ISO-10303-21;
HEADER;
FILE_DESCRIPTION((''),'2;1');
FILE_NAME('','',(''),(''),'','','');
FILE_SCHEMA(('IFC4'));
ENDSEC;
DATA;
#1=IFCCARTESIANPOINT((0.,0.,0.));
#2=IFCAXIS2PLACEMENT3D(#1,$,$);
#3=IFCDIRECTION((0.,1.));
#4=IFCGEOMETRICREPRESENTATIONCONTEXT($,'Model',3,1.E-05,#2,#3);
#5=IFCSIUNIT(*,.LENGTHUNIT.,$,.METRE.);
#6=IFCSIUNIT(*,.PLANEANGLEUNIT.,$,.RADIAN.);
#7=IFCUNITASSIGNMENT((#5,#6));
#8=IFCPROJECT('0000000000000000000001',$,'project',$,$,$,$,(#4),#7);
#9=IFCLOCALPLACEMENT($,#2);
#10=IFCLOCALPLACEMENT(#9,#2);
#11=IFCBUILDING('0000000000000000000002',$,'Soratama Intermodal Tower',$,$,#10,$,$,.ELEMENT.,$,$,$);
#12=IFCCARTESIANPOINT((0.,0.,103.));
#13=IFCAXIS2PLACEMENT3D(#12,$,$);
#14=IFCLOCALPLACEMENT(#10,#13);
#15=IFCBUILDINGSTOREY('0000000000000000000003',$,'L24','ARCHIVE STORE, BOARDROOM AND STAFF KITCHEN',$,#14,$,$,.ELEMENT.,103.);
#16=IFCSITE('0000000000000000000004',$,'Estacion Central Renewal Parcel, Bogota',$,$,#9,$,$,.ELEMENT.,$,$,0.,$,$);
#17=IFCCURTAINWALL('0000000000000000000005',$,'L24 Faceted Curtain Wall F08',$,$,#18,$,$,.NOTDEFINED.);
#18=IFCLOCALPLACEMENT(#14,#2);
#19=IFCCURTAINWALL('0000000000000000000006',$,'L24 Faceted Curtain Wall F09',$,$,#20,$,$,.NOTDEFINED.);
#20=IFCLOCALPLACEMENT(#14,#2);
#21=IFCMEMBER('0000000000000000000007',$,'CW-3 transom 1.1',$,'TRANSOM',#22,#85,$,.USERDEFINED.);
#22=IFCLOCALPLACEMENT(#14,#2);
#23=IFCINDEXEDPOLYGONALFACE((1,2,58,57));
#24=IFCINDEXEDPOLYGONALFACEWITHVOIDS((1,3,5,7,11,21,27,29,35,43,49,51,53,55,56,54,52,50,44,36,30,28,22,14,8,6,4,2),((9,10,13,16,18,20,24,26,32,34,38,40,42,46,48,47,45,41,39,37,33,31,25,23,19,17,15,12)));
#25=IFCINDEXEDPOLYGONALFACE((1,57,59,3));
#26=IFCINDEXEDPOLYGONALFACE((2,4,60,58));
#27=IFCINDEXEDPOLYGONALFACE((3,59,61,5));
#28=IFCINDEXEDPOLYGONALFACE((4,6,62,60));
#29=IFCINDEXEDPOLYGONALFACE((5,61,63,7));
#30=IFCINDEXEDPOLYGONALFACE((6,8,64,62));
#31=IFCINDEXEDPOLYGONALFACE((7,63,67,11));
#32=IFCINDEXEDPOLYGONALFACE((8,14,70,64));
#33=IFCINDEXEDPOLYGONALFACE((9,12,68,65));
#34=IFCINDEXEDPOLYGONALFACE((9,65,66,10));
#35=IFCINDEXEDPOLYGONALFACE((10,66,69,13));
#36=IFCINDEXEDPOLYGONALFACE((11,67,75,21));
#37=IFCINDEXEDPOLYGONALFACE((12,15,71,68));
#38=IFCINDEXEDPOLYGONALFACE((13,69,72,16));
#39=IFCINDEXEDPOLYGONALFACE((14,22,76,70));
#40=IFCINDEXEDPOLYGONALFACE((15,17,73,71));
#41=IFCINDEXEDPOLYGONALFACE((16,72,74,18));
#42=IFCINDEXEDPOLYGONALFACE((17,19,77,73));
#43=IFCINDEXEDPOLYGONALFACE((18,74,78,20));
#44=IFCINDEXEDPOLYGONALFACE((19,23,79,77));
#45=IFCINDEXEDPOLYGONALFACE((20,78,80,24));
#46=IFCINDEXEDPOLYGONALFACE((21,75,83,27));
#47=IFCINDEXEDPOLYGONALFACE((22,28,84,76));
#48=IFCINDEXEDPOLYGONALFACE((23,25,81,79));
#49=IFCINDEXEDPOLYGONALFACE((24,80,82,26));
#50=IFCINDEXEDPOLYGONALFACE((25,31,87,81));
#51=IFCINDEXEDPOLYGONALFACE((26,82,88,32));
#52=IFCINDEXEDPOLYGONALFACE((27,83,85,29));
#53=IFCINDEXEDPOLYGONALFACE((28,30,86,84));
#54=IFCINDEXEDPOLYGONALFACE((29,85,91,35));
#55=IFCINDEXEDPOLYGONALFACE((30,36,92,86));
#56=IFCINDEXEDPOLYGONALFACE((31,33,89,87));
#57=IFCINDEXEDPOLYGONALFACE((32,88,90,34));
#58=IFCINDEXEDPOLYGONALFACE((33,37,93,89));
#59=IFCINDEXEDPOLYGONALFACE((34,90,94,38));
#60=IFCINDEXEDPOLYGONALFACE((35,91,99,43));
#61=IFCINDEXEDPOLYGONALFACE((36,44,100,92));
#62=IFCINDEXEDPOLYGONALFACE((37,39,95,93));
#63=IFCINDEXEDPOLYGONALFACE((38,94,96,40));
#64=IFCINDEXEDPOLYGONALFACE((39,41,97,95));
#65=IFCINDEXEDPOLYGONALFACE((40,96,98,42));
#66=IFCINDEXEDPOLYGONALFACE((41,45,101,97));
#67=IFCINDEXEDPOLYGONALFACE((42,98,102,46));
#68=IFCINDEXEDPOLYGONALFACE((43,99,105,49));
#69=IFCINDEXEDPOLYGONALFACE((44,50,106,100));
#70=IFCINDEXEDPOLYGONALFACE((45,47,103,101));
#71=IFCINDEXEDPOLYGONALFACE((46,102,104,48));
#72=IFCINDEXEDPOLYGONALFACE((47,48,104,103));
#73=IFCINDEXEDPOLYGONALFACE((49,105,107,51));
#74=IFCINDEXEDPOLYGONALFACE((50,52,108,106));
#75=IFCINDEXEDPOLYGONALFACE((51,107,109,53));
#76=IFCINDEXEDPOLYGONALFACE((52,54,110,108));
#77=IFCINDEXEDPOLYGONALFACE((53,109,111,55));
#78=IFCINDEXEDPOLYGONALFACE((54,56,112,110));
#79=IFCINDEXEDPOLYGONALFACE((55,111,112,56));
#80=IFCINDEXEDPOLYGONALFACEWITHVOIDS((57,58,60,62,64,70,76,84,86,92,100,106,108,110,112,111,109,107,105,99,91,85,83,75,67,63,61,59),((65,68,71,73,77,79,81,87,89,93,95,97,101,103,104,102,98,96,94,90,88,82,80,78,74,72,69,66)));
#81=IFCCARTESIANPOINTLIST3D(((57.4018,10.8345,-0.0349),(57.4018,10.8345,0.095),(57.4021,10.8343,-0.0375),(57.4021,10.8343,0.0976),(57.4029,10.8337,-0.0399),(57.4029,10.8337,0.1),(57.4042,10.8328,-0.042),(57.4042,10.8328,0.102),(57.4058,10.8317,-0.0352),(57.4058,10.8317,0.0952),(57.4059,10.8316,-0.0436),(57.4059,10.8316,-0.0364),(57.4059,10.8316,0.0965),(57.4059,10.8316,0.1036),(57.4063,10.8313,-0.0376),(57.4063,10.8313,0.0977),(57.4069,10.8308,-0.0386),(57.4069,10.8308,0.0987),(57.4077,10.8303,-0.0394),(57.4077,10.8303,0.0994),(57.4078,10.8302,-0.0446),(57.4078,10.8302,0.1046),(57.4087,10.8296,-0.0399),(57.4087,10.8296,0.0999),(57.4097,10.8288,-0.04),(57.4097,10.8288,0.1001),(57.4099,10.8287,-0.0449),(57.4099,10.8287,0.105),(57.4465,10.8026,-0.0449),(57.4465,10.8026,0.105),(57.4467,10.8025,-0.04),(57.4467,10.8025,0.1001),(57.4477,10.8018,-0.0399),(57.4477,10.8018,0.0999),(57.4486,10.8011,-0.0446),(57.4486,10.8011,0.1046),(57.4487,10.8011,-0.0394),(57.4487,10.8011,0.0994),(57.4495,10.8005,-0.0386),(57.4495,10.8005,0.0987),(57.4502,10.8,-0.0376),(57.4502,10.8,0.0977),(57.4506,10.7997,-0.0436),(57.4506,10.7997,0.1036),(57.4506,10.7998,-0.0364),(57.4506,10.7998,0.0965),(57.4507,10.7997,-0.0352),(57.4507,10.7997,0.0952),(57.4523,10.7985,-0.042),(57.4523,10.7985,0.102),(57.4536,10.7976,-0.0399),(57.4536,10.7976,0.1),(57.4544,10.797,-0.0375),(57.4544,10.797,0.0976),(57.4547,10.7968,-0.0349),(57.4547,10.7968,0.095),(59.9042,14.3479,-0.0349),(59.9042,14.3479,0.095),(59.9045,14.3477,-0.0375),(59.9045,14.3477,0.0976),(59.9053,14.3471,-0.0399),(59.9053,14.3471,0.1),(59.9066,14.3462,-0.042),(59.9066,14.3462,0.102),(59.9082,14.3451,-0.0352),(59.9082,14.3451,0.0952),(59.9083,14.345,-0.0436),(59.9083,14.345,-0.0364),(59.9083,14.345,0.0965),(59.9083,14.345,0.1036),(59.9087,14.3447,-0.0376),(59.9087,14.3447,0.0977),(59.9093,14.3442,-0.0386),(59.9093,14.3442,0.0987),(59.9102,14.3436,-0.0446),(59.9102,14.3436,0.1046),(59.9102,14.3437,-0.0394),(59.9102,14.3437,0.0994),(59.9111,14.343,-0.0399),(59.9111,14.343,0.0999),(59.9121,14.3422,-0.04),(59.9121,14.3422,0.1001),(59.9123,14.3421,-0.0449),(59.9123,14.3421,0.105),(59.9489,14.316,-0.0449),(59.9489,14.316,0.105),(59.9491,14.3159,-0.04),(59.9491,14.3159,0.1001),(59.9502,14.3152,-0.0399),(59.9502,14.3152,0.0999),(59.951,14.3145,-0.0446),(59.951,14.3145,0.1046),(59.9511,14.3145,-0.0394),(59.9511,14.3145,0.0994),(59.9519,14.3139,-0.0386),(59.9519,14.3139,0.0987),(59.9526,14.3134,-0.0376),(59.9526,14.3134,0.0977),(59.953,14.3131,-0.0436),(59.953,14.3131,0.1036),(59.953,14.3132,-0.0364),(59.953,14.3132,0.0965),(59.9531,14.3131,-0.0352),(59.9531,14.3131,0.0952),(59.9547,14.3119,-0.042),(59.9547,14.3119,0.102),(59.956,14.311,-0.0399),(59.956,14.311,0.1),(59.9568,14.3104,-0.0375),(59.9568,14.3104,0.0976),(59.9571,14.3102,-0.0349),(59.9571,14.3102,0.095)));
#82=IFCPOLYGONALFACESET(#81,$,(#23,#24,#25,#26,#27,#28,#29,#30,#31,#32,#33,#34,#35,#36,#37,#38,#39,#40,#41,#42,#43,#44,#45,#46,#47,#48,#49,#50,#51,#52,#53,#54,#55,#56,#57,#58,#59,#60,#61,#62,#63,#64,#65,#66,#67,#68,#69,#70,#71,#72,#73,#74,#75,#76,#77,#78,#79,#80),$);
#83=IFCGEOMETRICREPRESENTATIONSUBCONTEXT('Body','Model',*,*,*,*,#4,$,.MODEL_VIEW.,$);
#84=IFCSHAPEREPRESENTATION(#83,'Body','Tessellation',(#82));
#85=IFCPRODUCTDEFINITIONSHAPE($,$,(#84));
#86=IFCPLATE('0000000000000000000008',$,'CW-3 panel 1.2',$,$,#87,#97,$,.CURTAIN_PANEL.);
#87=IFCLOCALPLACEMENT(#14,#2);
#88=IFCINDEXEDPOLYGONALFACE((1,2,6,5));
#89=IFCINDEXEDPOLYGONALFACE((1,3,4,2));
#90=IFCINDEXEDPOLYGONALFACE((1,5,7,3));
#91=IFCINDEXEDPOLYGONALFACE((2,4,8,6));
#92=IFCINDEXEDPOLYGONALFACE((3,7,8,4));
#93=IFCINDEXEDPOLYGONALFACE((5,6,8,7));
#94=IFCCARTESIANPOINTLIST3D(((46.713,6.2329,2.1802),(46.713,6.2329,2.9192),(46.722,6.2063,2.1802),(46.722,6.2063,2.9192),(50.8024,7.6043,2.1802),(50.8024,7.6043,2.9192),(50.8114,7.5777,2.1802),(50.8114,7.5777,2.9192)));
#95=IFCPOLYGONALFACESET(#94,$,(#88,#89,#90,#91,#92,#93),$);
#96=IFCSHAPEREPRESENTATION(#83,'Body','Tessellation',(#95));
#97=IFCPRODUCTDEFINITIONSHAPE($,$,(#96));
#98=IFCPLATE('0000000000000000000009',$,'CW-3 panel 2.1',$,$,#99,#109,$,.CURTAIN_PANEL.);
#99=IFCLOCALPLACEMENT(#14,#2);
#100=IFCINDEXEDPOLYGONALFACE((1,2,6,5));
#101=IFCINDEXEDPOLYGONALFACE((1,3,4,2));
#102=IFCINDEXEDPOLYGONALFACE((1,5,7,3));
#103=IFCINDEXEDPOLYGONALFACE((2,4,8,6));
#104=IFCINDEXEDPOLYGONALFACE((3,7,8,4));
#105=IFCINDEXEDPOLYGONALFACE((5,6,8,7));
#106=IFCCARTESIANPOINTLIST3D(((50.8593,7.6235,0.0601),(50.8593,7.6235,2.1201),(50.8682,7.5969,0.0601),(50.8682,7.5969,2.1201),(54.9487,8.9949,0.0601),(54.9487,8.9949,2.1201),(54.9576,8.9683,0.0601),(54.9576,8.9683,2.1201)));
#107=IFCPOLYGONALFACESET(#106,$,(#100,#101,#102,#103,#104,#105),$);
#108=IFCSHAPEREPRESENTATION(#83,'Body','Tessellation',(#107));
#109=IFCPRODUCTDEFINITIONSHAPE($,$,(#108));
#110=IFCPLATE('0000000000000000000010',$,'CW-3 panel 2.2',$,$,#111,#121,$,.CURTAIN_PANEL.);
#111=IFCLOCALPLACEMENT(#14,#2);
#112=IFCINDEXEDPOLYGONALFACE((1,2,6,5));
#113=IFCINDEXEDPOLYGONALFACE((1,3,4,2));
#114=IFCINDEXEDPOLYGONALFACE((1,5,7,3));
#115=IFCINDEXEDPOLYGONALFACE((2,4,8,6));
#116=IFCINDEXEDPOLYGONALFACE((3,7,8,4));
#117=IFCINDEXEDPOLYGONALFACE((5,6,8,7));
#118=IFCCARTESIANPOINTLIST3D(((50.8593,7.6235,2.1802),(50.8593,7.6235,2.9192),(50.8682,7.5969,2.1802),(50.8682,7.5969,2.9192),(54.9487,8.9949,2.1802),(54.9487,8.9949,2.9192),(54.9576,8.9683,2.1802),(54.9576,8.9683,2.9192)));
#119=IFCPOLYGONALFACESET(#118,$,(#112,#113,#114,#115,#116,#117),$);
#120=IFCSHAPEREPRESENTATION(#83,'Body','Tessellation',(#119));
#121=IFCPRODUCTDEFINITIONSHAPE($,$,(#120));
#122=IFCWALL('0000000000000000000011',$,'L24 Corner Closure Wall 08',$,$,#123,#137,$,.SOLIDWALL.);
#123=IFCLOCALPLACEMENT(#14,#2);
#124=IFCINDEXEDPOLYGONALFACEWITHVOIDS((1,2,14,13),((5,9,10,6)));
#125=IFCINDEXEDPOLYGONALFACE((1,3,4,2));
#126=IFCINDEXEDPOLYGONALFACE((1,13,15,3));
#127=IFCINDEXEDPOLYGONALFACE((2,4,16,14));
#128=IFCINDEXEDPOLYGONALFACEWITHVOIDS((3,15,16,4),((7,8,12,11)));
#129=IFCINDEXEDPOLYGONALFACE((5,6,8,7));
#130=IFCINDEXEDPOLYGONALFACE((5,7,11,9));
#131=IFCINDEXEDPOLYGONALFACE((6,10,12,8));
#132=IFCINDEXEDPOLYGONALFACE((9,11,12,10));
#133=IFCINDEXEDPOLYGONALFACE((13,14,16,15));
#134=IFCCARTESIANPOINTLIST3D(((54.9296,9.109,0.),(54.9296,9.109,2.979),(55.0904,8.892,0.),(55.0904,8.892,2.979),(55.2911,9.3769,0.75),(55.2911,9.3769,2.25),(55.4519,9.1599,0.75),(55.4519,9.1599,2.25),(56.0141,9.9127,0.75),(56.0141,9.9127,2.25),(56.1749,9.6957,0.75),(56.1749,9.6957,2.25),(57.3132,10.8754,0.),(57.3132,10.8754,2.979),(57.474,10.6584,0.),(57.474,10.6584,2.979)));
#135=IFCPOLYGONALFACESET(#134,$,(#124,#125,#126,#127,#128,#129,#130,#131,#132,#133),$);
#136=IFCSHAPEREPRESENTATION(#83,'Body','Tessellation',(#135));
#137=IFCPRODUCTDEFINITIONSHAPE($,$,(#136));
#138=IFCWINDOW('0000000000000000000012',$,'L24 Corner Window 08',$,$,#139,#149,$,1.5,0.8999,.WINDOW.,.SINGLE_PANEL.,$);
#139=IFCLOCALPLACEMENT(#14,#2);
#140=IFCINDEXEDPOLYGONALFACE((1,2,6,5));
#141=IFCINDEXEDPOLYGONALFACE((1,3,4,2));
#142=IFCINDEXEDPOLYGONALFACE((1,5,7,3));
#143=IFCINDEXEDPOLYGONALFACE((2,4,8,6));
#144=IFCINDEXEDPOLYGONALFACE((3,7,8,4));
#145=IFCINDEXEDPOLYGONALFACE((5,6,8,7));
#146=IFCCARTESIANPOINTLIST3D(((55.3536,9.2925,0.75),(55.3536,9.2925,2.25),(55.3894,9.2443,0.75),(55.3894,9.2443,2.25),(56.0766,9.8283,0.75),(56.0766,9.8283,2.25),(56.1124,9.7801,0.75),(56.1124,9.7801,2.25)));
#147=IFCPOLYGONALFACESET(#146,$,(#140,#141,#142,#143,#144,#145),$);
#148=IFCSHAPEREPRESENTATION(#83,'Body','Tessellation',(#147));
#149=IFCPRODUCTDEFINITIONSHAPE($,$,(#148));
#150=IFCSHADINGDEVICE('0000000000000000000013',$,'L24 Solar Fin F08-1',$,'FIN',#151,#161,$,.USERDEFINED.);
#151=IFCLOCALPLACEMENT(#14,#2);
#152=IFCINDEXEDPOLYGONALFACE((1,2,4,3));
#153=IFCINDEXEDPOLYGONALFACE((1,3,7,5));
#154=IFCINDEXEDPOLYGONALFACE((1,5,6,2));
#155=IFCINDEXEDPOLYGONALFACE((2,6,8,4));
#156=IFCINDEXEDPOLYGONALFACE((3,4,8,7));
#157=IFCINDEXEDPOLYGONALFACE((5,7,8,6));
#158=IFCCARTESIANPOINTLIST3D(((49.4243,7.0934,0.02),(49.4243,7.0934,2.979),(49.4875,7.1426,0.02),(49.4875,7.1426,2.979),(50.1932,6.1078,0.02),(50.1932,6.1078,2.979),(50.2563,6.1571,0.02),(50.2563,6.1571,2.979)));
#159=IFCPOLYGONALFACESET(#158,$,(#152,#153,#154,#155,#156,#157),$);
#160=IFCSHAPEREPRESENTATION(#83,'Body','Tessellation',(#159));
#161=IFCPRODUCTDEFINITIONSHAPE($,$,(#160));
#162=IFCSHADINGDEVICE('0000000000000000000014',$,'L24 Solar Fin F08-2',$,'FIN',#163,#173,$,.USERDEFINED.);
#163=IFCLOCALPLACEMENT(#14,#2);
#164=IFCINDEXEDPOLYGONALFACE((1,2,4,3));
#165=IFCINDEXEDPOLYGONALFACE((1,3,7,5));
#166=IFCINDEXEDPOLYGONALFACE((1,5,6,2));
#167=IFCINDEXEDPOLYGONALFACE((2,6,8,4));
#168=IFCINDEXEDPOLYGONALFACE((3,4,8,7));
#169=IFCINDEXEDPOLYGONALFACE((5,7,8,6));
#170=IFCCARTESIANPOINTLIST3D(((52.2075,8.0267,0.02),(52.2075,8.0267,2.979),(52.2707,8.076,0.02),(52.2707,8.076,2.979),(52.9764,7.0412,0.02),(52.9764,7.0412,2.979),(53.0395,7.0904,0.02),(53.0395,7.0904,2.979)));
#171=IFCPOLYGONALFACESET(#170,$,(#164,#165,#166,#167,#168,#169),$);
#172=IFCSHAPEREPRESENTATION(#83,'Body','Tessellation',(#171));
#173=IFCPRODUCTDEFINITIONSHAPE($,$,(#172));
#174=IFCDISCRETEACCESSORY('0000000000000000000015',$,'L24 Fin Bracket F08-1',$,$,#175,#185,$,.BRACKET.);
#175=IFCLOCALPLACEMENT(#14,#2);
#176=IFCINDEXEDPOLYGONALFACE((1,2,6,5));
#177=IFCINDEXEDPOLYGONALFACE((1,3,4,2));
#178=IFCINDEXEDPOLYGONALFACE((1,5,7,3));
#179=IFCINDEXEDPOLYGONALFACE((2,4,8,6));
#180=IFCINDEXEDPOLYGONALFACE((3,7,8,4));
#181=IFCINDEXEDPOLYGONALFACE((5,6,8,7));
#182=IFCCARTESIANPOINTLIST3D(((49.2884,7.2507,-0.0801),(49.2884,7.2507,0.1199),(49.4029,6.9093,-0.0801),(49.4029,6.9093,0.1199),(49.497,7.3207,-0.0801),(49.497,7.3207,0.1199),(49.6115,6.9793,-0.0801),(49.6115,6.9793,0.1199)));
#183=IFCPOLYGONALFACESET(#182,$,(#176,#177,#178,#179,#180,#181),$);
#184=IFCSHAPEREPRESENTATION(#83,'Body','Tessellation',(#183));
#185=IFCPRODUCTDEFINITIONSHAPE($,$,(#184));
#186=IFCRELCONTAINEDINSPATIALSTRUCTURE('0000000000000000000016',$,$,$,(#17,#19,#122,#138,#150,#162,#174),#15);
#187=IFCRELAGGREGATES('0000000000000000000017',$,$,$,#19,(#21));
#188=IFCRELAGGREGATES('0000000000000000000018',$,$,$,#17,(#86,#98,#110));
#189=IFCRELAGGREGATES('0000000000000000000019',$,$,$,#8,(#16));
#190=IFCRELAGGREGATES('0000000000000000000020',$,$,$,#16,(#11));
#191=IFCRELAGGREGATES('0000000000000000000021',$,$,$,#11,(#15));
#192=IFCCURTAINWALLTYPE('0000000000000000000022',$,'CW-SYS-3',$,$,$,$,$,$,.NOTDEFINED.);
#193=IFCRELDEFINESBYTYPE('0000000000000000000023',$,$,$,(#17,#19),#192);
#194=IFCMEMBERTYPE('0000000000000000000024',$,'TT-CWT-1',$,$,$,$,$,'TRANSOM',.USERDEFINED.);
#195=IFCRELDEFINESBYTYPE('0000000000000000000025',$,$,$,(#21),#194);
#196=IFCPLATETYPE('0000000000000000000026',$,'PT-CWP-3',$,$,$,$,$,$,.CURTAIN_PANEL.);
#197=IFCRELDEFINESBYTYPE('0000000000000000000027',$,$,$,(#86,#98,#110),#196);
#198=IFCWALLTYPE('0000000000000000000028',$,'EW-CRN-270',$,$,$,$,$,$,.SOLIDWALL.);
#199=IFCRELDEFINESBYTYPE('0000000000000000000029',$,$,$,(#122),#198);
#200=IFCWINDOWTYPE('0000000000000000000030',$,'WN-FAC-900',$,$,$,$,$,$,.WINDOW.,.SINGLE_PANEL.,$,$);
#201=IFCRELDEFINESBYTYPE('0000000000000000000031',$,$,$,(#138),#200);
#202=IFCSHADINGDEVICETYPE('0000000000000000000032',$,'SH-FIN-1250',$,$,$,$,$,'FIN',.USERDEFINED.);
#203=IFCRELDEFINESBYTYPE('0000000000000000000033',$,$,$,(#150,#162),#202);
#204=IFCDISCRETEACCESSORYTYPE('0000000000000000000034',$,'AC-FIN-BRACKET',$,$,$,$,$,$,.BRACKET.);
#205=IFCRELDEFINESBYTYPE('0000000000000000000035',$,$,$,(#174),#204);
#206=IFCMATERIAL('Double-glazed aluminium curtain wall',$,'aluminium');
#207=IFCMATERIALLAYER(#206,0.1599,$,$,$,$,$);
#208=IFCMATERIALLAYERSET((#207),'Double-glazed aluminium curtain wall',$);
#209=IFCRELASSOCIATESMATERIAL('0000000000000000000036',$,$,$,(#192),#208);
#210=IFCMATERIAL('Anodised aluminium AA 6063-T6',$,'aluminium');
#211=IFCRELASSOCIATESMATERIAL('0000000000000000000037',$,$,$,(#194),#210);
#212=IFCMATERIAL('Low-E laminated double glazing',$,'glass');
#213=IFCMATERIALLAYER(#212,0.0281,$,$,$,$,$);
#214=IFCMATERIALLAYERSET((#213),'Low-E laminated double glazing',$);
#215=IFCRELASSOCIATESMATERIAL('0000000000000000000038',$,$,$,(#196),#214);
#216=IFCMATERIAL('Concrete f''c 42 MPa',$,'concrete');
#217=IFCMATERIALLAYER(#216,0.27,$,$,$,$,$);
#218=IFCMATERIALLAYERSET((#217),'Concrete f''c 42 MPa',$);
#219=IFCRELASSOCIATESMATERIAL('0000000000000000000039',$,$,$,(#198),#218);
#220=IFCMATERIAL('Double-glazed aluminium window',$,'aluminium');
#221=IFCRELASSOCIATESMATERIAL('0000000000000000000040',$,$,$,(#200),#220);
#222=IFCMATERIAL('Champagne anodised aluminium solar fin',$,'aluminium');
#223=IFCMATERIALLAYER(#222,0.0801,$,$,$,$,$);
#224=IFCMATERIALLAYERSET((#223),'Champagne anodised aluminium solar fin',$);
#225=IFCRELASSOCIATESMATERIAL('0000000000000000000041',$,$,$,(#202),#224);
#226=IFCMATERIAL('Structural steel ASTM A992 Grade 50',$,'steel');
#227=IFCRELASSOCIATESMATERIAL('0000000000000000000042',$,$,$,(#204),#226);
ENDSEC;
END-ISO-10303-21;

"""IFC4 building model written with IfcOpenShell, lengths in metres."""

from ifc_helpers import new_model, si_unit, direction, frame, frame_2d, origin, origin_2d, place, context, subcontext, project, spatial, rectangle, hollow_rectangle, extrude, material, layer, layer_set, material_profile, profile_set, type_object, element, fill, aggregate, save


model = new_model("IFC4")

# Units and contexts
model_context = context("Model", 3, precision=1e-05, world=origin(), true_north=direction((0.0, 1.0)))
body_context = subcontext(model_context, "Body", "Model", "MODEL_VIEW")
ifc_project = project(units=[si_unit("LENGTHUNIT", "METRE"), si_unit("PLANEANGLEUNIT", "RADIAN")], contexts=[model_context])

# Site, building, storey
site_placement = place(None, origin())
site = spatial("IfcSite", under=ifc_project, at=site_placement, Name="Estacion Central Renewal Parcel, Bogota", CompositionType="ELEMENT", RefElevation=0.0)
building_placement = place(site_placement, origin())
building = spatial("IfcBuilding", under=site, at=building_placement, Name="Soratama Intermodal Tower", CompositionType="ELEMENT")
storey_placement = place(building_placement, frame((0.0, 0.0, 103.0)))
storey = spatial("IfcBuildingStorey", under=building, at=storey_placement, Name="L24", Description="ARCHIVE STORE, BOARDROOM AND STAFF KITCHEN", CompositionType="ELEMENT", Elevation=103.0)

# Curtain wall
ifc_material_1 = material(Name="Double-glazed aluminium curtain wall", Category="aluminium")
ifc_layer_1 = layer(ifc_material_1, 0.1599)
ifc_layer_set_1 = layer_set([ifc_layer_1], Name="Double-glazed aluminium curtain wall")
curtain_wall_type = type_object("IfcCurtainWallType", Name="CW-SYS-3", PredefinedType="NOTDEFINED", material=ifc_layer_set_1)
curtain_wall_1_placement = place(storey_placement, origin())
curtain_wall_1 = element("IfcCurtainWall", 1, at=curtain_wall_1_placement, inside=storey, type_object=curtain_wall_type, Name="L24 Faceted Curtain Wall F08", PredefinedType="NOTDEFINED")

# Curtain wall
curtain_wall_2_placement = place(storey_placement, origin())
curtain_wall_2 = element("IfcCurtainWall", 2, at=curtain_wall_2_placement, inside=storey, type_object=curtain_wall_type, Name="L24 Faceted Curtain Wall F09", PredefinedType="NOTDEFINED")

# Member
ifc_material_2 = material(Name="Anodised aluminium AA 6063-T6", Category="aluminium")
ifc_material_profile_1 = material_profile(ifc_material_2, hollow_rectangle(XDim=0.0649, YDim=0.1499, WallThickness=0.0049, InnerFilletRadius=0.0049, OuterFilletRadius=0.01, at=origin_2d()), Name="CWT150X65X5")
ifc_profile_set_1 = profile_set([ifc_material_profile_1], Name="Anodised aluminium AA 6063-T6")
member_type_1 = type_object("IfcMemberType", Name="TT-CWT-1", ElementType="TRANSOM", PredefinedType="USERDEFINED", material=ifc_profile_set_1)
member_1_placement = place(storey_placement, frame((57.4282, 10.8157, 0.03), z_axis=(0.58014, 0.814517, 0.0), x_axis=(-0.814517, 0.58014, 0.0)))
member_1 = element("IfcMember", 3, at=member_1_placement, type_object=member_type_1, Name="CW-3 transom 1.1", ObjectType="TRANSOM", PredefinedType="USERDEFINED", context=body_context, shape_type="SweptSolid", body=[
    extrude(hollow_rectangle(XDim=0.0649, YDim=0.1499, WallThickness=0.0049, InnerFilletRadius=0.0049, OuterFilletRadius=0.01, at=origin_2d()), origin(), (0.0, 0.0, 1.0), 4.3135),
])
aggregate(curtain_wall_2, [member_1])

# Plates
ifc_material_3 = material(Name="Low-E laminated double glazing", Category="glass")
ifc_layer_2 = layer(ifc_material_3, 0.0281)
ifc_layer_set_2 = layer_set([ifc_layer_2], Name="Low-E laminated double glazing")
plate_type = type_object("IfcPlateType", Name="PT-CWP-3", PredefinedType="CURTAIN_PANEL", material=ifc_layer_set_2)
plate_1_placement = place(storey_placement, frame((48.7622, 6.9053, 2.1802), z_axis=(0.0, 0.0, 1.0), x_axis=(0.948105, 0.317958, 0.0)))
plate_1 = element("IfcPlate", 4, at=plate_1_placement, type_object=plate_type, Name="CW-3 panel 1.2", PredefinedType="CURTAIN_PANEL", context=body_context, shape_type="SweptSolid", body=[
    extrude(rectangle(XDim=4.3132, YDim=0.0281, at=origin_2d()), origin(), (0.0, 0.0, 1.0), 0.739),
])
plate_2_placement = place(storey_placement, frame((52.9084, 8.2959, 0.0601), z_axis=(0.0, 0.0, 1.0), x_axis=(0.948105, 0.317958, 0.0)))
plate_2 = element("IfcPlate", 5, at=plate_2_placement, type_object=plate_type, Name="CW-3 panel 2.1", PredefinedType="CURTAIN_PANEL", context=body_context, shape_type="SweptSolid", body=[
    extrude(rectangle(XDim=4.3132, YDim=0.0281, at=origin_2d()), origin(), (0.0, 0.0, 1.0), 2.0601),
])
plate_3_placement = place(storey_placement, frame((52.9084, 8.2959, 2.1802), z_axis=(0.0, 0.0, 1.0), x_axis=(0.948105, 0.317958, 0.0)))
plate_3 = element("IfcPlate", 6, at=plate_3_placement, type_object=plate_type, Name="CW-3 panel 2.2", PredefinedType="CURTAIN_PANEL", context=body_context, shape_type="SweptSolid", body=[
    extrude(rectangle(XDim=4.3132, YDim=0.0281, at=origin_2d()), origin(), (0.0, 0.0, 1.0), 0.739),
])
aggregate(curtain_wall_1, [plate_1, plate_2, plate_3])

# Wall, opening, window
ifc_material_4 = material(Name="Concrete f'c 42 MPa", Category="concrete")
ifc_layer_3 = layer(ifc_material_4, 0.27)
ifc_layer_set_3 = layer_set([ifc_layer_3], Name="Concrete f'c 42 MPa")
wall_type = type_object("IfcWallType", Name="EW-CRN-270", PredefinedType="SOLIDWALL", material=ifc_layer_set_3)
wall_placement = place(storey_placement, frame((55.01, 9.0005, 0.0), z_axis=(0.0, 0.0, 1.0), x_axis=(0.803433, 0.595395, 0.0)))
wall = element("IfcWall", 7, at=wall_placement, inside=storey, type_object=wall_type, Name="L24 Corner Closure Wall 08", PredefinedType="SOLIDWALL", context=body_context, shape_type="SweptSolid", body=[
    extrude(rectangle(XDim=2.9668, YDim=0.27, at=frame_2d((1.4834, 0.0))), origin(), (0.0, 0.0, 1.0), 2.979),
])
opening_placement = place(wall_placement, frame((0.45, 0.0, 0.75)))
opening = element("IfcOpeningElement", 8, at=opening_placement, cuts=wall, PredefinedType="OPENING", context=body_context, shape_type="SweptSolid", body=[
    extrude(rectangle(XDim=0.8999, YDim=1.5, at=frame_2d((0.45, 0.75))), frame((0.0, 0.145, 0.0), z_axis=(0.0, -1.0, 0.0), x_axis=(1.0, 0.0, 0.0)), (0.0, 0.0, 1.0), 0.29),
])
ifc_material_5 = material(Name="Double-glazed aluminium window", Category="aluminium")
window_type = type_object("IfcWindowType", Name="WN-FAC-900", PartitioningType="SINGLE_PANEL", PredefinedType="WINDOW", material=ifc_material_5)
window_placement = place(opening_placement, origin())
window = element("IfcWindow", 9, at=window_placement, inside=storey, type_object=window_type, Name="L24 Corner Window 08", OverallHeight=1.5, OverallWidth=0.8999, PartitioningType="SINGLE_PANEL", PredefinedType="WINDOW", context=body_context, shape_type="SweptSolid", body=[
    extrude(rectangle(XDim=0.8999, YDim=1.5, at=frame_2d((0.45, 0.75))), frame((0.0, 0.03, 0.0), z_axis=(0.0, -1.0, 0.0), x_axis=(1.0, 0.0, 0.0)), (0.0, 0.0, 1.0), 0.0601),
])
fill(opening, window)

# Shading devices
ifc_material_6 = material(Name="Champagne anodised aluminium solar fin", Category="aluminium")
ifc_layer_4 = layer(ifc_material_6, 0.0801)
ifc_layer_set_4 = layer_set([ifc_layer_4], Name="Champagne anodised aluminium solar fin")
shading_device_type = type_object("IfcShadingDeviceType", Name="SH-FIN-1250", ElementType="FIN", PredefinedType="USERDEFINED", material=ifc_layer_set_4)
for number, where, z_axis, x_axis, name in (
    (10, (49.8403, 6.6252, 0.02), (0.0, 0.0, 1.0), (0.615111, -0.78844, 0.0), "L24 Solar Fin F08-1"),
    (11, (52.6235, 7.5586, 0.02), (0.0, 0.0, 1.0), (0.615111, -0.78844, 0.0), "L24 Solar Fin F08-2"),
):
    element("IfcShadingDevice", number, at=place(storey_placement, frame(where, z_axis=z_axis, x_axis=x_axis)), inside=storey, type_object=shading_device_type, Name=name, ObjectType="FIN", PredefinedType="USERDEFINED", context=body_context, shape_type="SweptSolid", body=[
        extrude(rectangle(XDim=1.25, YDim=0.0801, at=origin_2d()), origin(), (0.0, 0.0, 1.0), 2.959),
    ])

# Discrete accessory
ifc_material_7 = material(Name="Structural steel ASTM A992 Grade 50", Category="steel")
discrete_accessory_type = type_object("IfcDiscreteAccessoryType", Name="AC-FIN-BRACKET", PredefinedType="BRACKET", material=ifc_material_7)
for number, where, z_axis, x_axis, name in (
    (12, (49.45, 7.115, -0.0801), (0.0, 0.0, 1.0), (0.317967, -0.948102, 0.0), "L24 Fin Bracket F08-1"),
):
    element("IfcDiscreteAccessory", number, at=place(storey_placement, frame(where, z_axis=z_axis, x_axis=x_axis)), inside=storey, type_object=discrete_accessory_type, Name=name, PredefinedType="BRACKET", context=body_context, shape_type="SweptSolid", body=[
        extrude(rectangle(XDim=0.3601, YDim=0.22, at=origin_2d()), origin(), (0.0, 0.0, 1.0), 0.2),
    ])

save(model, "model.ifc")
